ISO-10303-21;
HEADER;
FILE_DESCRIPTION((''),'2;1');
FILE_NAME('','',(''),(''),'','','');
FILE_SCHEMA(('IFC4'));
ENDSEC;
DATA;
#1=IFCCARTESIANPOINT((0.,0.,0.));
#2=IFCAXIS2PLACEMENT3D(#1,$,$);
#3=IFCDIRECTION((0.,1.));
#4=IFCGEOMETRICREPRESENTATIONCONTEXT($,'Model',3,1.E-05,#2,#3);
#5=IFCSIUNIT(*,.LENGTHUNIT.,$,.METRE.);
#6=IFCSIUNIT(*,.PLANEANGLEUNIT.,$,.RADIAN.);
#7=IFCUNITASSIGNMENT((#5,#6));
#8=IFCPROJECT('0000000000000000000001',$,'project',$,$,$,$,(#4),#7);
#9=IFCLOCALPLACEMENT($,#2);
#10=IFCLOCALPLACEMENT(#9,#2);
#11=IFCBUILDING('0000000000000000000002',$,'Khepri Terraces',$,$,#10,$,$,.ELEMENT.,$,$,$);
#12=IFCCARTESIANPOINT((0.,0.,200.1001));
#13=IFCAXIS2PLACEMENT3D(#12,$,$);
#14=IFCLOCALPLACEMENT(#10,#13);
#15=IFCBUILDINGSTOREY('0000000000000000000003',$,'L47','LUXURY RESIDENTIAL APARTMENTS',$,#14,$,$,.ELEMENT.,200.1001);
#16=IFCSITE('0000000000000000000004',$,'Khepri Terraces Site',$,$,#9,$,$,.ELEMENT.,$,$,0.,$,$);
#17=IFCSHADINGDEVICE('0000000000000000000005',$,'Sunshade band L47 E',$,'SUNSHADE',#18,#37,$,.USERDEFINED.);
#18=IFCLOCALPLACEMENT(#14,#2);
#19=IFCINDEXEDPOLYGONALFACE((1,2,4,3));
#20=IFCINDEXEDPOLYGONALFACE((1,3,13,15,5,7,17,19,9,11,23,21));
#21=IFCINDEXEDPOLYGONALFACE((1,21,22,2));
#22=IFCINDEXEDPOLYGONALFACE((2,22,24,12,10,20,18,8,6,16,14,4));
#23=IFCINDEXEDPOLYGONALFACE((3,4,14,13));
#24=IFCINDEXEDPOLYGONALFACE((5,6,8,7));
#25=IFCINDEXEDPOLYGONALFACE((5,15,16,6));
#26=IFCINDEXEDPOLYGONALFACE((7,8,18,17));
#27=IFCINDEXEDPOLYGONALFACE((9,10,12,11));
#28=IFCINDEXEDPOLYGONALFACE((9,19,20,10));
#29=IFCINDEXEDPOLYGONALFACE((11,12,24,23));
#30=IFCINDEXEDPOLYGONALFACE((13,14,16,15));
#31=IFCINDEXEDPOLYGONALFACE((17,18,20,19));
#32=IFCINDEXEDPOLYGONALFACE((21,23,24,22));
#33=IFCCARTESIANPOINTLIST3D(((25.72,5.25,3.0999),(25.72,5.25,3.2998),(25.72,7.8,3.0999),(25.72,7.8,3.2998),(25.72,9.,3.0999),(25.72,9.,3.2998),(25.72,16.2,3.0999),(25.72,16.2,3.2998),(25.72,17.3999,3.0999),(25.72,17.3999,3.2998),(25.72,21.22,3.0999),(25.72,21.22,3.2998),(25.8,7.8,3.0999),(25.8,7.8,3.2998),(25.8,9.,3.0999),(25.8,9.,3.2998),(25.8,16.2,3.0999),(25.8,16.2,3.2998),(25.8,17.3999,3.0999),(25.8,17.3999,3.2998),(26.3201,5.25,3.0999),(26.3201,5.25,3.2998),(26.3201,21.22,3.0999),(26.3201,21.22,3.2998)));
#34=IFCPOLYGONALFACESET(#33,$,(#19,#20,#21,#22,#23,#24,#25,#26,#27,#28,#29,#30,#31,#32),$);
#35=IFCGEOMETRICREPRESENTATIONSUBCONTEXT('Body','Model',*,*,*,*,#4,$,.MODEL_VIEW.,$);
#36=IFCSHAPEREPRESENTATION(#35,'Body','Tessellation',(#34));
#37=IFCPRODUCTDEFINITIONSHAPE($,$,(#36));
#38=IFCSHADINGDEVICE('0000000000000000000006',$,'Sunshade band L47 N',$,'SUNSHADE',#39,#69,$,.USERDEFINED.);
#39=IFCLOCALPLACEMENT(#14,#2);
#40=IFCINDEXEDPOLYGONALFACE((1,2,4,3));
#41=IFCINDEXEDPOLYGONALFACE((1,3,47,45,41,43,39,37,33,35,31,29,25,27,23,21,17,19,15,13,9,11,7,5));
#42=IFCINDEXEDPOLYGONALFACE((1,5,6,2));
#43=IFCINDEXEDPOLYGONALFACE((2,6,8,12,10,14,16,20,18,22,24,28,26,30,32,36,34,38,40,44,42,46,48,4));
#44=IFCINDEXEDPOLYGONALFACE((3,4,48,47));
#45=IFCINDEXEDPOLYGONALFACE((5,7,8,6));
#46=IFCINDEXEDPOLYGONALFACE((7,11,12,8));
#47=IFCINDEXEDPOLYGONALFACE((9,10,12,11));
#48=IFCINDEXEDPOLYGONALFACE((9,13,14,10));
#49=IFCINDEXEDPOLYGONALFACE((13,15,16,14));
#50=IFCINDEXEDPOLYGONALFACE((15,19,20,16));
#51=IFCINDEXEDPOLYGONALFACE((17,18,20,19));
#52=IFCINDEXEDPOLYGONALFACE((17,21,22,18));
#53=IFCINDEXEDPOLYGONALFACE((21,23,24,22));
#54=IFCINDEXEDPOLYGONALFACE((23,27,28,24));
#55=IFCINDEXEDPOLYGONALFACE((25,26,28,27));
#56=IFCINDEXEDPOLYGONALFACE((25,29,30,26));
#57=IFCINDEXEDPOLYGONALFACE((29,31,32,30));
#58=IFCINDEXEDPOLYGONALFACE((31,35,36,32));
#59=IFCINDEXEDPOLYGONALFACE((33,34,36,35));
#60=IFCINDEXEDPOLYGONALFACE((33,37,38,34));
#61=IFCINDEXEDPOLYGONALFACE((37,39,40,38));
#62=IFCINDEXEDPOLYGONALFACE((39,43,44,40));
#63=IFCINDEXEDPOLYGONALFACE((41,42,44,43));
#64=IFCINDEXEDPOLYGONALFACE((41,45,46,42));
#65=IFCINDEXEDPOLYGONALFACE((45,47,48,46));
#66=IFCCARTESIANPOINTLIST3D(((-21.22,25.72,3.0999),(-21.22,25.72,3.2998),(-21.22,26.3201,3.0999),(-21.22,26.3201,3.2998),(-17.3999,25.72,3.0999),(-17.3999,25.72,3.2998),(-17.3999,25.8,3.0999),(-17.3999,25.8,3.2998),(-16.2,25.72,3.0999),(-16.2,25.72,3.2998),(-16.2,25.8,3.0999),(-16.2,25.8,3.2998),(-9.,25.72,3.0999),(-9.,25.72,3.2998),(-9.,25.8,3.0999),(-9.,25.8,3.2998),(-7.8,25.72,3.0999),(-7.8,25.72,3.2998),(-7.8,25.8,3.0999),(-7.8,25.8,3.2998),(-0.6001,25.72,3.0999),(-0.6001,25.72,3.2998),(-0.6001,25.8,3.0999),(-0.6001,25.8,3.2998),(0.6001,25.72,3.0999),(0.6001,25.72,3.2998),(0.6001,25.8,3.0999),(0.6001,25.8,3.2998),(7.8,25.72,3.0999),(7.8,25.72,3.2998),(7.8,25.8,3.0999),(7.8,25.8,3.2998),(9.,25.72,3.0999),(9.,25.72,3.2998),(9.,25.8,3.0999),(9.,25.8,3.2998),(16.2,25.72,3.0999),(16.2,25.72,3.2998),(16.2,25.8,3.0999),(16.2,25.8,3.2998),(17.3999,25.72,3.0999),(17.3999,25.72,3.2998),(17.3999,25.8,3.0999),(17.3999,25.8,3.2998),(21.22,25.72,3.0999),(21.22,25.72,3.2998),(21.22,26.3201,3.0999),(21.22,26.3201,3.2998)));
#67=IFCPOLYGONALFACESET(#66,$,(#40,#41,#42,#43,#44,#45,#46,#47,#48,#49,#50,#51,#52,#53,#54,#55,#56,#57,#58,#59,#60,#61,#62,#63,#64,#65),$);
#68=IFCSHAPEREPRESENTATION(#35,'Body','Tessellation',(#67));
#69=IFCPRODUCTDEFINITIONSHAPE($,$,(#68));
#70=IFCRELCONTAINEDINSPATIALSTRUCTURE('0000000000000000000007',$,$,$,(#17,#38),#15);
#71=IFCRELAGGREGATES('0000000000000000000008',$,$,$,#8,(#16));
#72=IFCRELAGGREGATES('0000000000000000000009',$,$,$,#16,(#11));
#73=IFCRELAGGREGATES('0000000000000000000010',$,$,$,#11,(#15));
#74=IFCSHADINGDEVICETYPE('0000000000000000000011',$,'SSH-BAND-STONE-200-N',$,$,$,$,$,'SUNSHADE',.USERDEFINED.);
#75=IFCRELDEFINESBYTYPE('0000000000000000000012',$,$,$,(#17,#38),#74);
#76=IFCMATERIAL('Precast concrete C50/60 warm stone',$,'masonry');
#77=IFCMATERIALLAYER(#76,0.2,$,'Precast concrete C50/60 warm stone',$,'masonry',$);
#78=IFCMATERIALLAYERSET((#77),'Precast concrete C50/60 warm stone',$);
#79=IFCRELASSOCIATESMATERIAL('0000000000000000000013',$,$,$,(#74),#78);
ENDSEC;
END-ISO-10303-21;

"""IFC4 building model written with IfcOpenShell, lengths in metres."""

from ifc_helpers import new_model, si_unit, direction, frame, origin, place, context, subcontext, project, spatial, polyline, outline, extrude, material, layer, layer_set, type_object, element, save


model = new_model("IFC4")

# Units and contexts
model_context = context("Model", 3, precision=1e-05, world=origin(), true_north=direction((0.0, 1.0)))
body_context = subcontext(model_context, "Body", "Model", "MODEL_VIEW")
ifc_project = project(units=[si_unit("LENGTHUNIT", "METRE"), si_unit("PLANEANGLEUNIT", "RADIAN")], contexts=[model_context])

# Site, building, storey
site_placement = place(None, origin())
site = spatial("IfcSite", under=ifc_project, at=site_placement, Name="Khepri Terraces Site", CompositionType="ELEMENT", RefElevation=0.0)
building_placement = place(site_placement, origin())
building = spatial("IfcBuilding", under=site, at=building_placement, Name="Khepri Terraces", CompositionType="ELEMENT")
storey_placement = place(building_placement, frame((0.0, 0.0, 200.1001)))
storey = spatial("IfcBuildingStorey", under=building, at=storey_placement, Name="L47", Description="LUXURY RESIDENTIAL APARTMENTS", CompositionType="ELEMENT", Elevation=200.1001)

# Shared definitions
ifc_material_1 = material(Name="Precast concrete C50/60 warm stone", Category="masonry")

# Shading devices
ifc_layer_1 = layer(ifc_material_1, 0.2, Name="Precast concrete C50/60 warm stone", Category="masonry")
ifc_layer_set_1 = layer_set([ifc_layer_1], Name="Precast concrete C50/60 warm stone")
shading_device_type_1 = type_object("IfcShadingDeviceType", Name="SSH-BAND-STONE-200-N", ElementType="SUNSHADE", PredefinedType="USERDEFINED", material=ifc_layer_set_1)
shading_device_1_placement = place(storey_placement, frame((0.0, 0.0, 3.0999)))
element("IfcShadingDevice", 1, at=shading_device_1_placement, inside=storey, type_object=shading_device_type_1, Name="Sunshade band L47 E", ObjectType="SUNSHADE", PredefinedType="USERDEFINED", context=body_context, shape_type="SweptSolid", body=[
    extrude(outline(polyline([(25.72, 7.8), (25.72, 5.25), (26.3201, 5.25), (26.3201, 21.22), (25.72, 21.22), (25.72, 17.3999), (25.8, 17.3999), (25.8, 16.2), (25.72, 16.2), (25.72, 9.0), (25.8, 9.0), (25.8, 7.8), (25.72, 7.8)])), origin(), (0.0, 0.0, 1.0), 0.2),
])
shading_device_2_placement = place(storey_placement, frame((0.0, 0.0, 3.0999)))
element("IfcShadingDevice", 2, at=shading_device_2_placement, inside=storey, type_object=shading_device_type_1, Name="Sunshade band L47 N", ObjectType="SUNSHADE", PredefinedType="USERDEFINED", context=body_context, shape_type="SweptSolid", body=[
    extrude(outline(polyline([(17.3999, 25.72), (21.22, 25.72), (21.22, 26.3201), (-21.22, 26.3201), (-21.22, 25.72), (-17.3999, 25.72), (-17.3999, 25.8), (-16.2, 25.8), (-16.2, 25.72), (-9.0, 25.72), (-9.0, 25.8), (-7.8, 25.8), (-7.8, 25.72), (-0.6001, 25.72), (-0.6001, 25.8), (0.6001, 25.8), (0.6001, 25.72), (7.8, 25.72), (7.8, 25.8), (9.0, 25.8), (9.0, 25.72), (16.2, 25.72), (16.2, 25.8), (17.3999, 25.8), (17.3999, 25.72)])), origin(), (0.0, 0.0, 1.0), 0.2),
])

save(model, "model.ifc")
